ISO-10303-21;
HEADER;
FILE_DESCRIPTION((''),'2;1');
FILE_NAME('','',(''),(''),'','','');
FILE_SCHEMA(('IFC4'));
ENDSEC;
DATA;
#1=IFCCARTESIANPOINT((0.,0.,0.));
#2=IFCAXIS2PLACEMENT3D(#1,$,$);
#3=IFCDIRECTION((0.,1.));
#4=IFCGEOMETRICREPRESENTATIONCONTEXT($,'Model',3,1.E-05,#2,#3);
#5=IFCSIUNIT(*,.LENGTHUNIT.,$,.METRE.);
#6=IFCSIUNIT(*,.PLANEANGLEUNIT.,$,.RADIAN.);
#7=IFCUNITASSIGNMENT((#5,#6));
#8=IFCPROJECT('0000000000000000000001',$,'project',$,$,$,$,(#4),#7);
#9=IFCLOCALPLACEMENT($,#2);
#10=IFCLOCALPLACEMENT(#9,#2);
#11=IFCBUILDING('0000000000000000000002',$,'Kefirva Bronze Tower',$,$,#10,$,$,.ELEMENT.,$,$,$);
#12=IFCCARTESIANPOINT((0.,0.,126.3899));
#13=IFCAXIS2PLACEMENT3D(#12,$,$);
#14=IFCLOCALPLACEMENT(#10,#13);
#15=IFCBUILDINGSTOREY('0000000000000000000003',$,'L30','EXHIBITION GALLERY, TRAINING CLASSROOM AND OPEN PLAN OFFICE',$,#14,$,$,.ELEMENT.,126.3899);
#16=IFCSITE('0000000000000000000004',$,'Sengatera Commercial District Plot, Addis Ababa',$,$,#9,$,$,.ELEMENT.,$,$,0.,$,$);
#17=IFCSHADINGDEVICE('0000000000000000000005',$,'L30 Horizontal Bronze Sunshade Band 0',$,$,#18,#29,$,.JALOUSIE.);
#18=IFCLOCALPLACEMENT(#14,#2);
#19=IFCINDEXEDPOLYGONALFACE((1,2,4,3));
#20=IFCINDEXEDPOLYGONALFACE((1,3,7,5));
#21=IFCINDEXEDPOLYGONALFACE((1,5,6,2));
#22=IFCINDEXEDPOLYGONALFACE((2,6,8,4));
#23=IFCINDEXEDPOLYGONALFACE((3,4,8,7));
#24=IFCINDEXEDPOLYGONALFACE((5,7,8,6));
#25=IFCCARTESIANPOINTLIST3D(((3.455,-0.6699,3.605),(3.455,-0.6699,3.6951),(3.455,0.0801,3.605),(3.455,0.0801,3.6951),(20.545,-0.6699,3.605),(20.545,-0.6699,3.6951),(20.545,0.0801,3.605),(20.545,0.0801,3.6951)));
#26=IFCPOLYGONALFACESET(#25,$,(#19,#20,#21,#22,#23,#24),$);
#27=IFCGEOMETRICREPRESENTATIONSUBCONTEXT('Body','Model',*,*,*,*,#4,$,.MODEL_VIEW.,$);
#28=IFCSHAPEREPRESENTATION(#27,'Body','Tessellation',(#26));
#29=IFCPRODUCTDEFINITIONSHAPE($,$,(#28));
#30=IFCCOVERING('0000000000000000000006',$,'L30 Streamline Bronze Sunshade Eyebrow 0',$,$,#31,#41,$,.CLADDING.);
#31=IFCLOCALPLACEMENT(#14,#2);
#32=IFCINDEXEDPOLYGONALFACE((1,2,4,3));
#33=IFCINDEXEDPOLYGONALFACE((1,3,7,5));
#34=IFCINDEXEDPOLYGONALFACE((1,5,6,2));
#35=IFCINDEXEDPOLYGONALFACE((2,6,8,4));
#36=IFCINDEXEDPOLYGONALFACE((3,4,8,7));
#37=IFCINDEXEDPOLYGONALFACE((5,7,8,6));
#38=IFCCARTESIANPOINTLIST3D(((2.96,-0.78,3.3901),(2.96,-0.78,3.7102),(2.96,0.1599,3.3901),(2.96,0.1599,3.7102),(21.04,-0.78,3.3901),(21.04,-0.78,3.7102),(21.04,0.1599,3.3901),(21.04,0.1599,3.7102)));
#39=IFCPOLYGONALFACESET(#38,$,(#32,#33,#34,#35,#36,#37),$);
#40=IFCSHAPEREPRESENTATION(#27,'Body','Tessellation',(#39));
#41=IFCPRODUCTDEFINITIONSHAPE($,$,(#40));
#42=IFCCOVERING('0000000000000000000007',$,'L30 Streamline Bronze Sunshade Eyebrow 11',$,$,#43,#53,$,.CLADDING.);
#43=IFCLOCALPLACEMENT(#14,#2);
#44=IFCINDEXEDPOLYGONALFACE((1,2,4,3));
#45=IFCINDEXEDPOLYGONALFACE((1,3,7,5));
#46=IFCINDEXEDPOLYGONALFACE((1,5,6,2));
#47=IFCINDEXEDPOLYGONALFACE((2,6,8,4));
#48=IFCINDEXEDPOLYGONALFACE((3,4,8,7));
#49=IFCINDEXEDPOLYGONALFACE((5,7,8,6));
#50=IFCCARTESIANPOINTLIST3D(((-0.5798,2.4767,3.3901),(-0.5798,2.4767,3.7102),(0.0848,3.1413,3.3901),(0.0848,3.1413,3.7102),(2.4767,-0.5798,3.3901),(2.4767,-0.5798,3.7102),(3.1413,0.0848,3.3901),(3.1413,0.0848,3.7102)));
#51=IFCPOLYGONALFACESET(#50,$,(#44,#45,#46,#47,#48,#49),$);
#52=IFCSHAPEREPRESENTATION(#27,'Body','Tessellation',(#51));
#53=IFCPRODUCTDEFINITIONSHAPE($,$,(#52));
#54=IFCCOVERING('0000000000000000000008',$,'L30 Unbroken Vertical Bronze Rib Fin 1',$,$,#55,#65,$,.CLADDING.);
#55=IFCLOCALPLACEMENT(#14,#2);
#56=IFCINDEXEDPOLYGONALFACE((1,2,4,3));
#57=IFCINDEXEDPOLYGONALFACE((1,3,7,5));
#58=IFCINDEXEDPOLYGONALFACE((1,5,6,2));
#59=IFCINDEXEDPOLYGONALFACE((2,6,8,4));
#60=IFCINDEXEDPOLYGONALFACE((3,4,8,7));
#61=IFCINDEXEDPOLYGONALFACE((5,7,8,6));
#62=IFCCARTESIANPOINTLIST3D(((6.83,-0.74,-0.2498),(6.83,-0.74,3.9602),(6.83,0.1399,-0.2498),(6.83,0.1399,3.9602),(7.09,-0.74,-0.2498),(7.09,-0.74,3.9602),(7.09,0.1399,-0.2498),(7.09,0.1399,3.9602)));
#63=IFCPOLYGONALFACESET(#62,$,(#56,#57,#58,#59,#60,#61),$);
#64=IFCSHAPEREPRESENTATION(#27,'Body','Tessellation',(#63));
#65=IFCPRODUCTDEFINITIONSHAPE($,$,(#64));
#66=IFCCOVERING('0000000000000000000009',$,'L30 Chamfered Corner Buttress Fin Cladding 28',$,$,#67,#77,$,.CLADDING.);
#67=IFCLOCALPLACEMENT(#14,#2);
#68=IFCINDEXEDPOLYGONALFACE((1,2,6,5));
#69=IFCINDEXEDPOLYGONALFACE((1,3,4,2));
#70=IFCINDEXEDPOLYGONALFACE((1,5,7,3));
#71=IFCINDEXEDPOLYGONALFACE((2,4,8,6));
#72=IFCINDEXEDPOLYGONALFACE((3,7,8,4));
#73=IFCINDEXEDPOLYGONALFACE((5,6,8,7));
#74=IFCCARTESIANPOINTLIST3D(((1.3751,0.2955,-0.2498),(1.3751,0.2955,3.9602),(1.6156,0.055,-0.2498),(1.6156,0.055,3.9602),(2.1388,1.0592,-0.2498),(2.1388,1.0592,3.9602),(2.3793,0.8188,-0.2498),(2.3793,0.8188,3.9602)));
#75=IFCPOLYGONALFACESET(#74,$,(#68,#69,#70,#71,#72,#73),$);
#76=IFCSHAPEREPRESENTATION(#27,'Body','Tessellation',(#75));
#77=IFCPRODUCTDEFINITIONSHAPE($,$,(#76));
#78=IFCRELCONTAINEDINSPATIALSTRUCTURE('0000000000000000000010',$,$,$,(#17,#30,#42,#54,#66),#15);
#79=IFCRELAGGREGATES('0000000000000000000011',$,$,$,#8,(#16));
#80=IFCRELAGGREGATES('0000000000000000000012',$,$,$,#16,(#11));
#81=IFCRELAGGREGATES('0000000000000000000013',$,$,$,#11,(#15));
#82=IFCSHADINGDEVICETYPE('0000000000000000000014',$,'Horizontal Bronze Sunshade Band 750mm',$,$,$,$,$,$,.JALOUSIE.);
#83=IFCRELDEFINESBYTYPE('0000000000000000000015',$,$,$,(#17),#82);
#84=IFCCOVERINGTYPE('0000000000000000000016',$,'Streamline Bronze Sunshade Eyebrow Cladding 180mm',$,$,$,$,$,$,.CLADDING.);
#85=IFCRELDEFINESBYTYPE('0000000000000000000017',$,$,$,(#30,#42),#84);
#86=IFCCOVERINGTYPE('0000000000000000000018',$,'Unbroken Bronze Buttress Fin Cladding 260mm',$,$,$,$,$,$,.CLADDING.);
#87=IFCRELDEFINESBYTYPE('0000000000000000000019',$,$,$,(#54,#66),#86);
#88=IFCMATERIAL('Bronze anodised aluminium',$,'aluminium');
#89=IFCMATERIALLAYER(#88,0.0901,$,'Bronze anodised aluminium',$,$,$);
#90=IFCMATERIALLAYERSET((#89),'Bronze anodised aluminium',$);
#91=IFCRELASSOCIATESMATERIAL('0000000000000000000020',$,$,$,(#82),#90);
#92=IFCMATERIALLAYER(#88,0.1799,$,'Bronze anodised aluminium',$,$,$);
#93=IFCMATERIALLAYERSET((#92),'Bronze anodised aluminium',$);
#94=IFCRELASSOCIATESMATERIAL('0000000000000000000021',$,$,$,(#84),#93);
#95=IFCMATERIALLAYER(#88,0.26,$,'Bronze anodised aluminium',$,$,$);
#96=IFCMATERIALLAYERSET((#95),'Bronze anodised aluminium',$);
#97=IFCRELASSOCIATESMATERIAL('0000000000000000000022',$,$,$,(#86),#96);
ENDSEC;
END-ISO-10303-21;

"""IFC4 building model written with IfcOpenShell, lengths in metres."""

from ifc_helpers import new_model, si_unit, direction, frame, origin, origin_2d, place, context, subcontext, project, spatial, rectangle, extrude, material, layer, layer_set, type_object, element, save


model = new_model("IFC4")

# Units and contexts
model_context = context("Model", 3, precision=1e-05, world=origin(), true_north=direction((0.0, 1.0)))
body_context = subcontext(model_context, "Body", "Model", "MODEL_VIEW")
ifc_project = project(units=[si_unit("LENGTHUNIT", "METRE"), si_unit("PLANEANGLEUNIT", "RADIAN")], contexts=[model_context])

# Site, building, storey
site_placement = place(None, origin())
site = spatial("IfcSite", under=ifc_project, at=site_placement, Name="Sengatera Commercial District Plot, Addis Ababa", CompositionType="ELEMENT", RefElevation=0.0)
building_placement = place(site_placement, origin())
building = spatial("IfcBuilding", under=site, at=building_placement, Name="Kefirva Bronze Tower", CompositionType="ELEMENT")
storey_placement = place(building_placement, frame((0.0, 0.0, 126.3899)))
storey = spatial("IfcBuildingStorey", under=building, at=storey_placement, Name="L30", Description="EXHIBITION GALLERY, TRAINING CLASSROOM AND OPEN PLAN OFFICE", CompositionType="ELEMENT", Elevation=126.3899)

# Shared definitions
ifc_material_1 = material(Name="Bronze anodised aluminium", Category="aluminium")

# Shading device
ifc_layer_1 = layer(ifc_material_1, 0.0901, Name="Bronze anodised aluminium")
ifc_layer_set_1 = layer_set([ifc_layer_1], Name="Bronze anodised aluminium")
shading_device_type = type_object("IfcShadingDeviceType", Name="Horizontal Bronze Sunshade Band 750mm", PredefinedType="JALOUSIE", material=ifc_layer_set_1)
shading_device_placement = place(storey_placement, frame((12.0, -0.2949, 3.605), z_axis=(0.0, 0.0, 1.0), x_axis=(1.0, 0.0, 0.0)))
element("IfcShadingDevice", 1, at=shading_device_placement, inside=storey, type_object=shading_device_type, Name="L30 Horizontal Bronze Sunshade Band 0", PredefinedType="JALOUSIE", context=body_context, shape_type="SweptSolid", body=[
    extrude(rectangle(XDim=17.0901, YDim=0.75, at=origin_2d()), origin(), (0.0, 0.0, 1.0), 0.0901),
])

# Coverings
ifc_layer_2 = layer(ifc_material_1, 0.1799, Name="Bronze anodised aluminium")
ifc_layer_set_2 = layer_set([ifc_layer_2], Name="Bronze anodised aluminium")
covering_type_1 = type_object("IfcCoveringType", Name="Streamline Bronze Sunshade Eyebrow Cladding 180mm", PredefinedType="CLADDING", material=ifc_layer_set_2)
covering_1_placement = place(storey_placement, frame((12.0, -0.3101, 3.3901), z_axis=(0.0, 0.0, 1.0), x_axis=(1.0, 0.0, 0.0)))
element("IfcCovering", 2, at=covering_1_placement, inside=storey, type_object=covering_type_1, Name="L30 Streamline Bronze Sunshade Eyebrow 0", PredefinedType="CLADDING", context=body_context, shape_type="SweptSolid", body=[
    extrude(rectangle(XDim=18.0801, YDim=0.9399, at=origin_2d()), origin(), (0.0, 0.0, 1.0), 0.3201),
])
covering_2_placement = place(storey_placement, frame((1.2808, 1.2808, 3.3901), z_axis=(0.0, 0.0, 1.0), x_axis=(0.707107, -0.707107, 0.0)))
element("IfcCovering", 3, at=covering_2_placement, inside=storey, type_object=covering_type_1, Name="L30 Streamline Bronze Sunshade Eyebrow 11", PredefinedType="CLADDING", context=body_context, shape_type="SweptSolid", body=[
    extrude(rectangle(XDim=4.3225, YDim=0.9399, at=origin_2d()), origin(), (0.0, 0.0, 1.0), 0.3201),
])
ifc_layer_3 = layer(ifc_material_1, 0.26, Name="Bronze anodised aluminium")
ifc_layer_set_3 = layer_set([ifc_layer_3], Name="Bronze anodised aluminium")
covering_type_2 = type_object("IfcCoveringType", Name="Unbroken Bronze Buttress Fin Cladding 260mm", PredefinedType="CLADDING", material=ifc_layer_set_3)
covering_3_placement = place(storey_placement, frame((6.96, -0.3, -0.2498), z_axis=(0.0, 0.0, 1.0), x_axis=(1.0, 0.0, 0.0)))
element("IfcCovering", 4, at=covering_3_placement, inside=storey, type_object=covering_type_2, Name="L30 Unbroken Vertical Bronze Rib Fin 1", PredefinedType="CLADDING", context=body_context, shape_type="SweptSolid", body=[
    extrude(rectangle(XDim=0.26, YDim=0.8799, at=origin_2d()), origin(), (0.0, 0.0, 1.0), 4.21),
])
covering_4_placement = place(storey_placement, frame((1.8772, 0.5571, -0.2498), z_axis=(0.0, 0.0, 1.0), x_axis=(0.707107, -0.707107, 0.0)))
element("IfcCovering", 5, at=covering_4_placement, inside=storey, type_object=covering_type_2, Name="L30 Chamfered Corner Buttress Fin Cladding 28", PredefinedType="CLADDING", context=body_context, shape_type="SweptSolid", body=[
    extrude(rectangle(XDim=0.3401, YDim=1.0801, at=origin_2d()), origin(), (0.0, 0.0, 1.0), 4.21),
])

save(model, "model.ifc")
